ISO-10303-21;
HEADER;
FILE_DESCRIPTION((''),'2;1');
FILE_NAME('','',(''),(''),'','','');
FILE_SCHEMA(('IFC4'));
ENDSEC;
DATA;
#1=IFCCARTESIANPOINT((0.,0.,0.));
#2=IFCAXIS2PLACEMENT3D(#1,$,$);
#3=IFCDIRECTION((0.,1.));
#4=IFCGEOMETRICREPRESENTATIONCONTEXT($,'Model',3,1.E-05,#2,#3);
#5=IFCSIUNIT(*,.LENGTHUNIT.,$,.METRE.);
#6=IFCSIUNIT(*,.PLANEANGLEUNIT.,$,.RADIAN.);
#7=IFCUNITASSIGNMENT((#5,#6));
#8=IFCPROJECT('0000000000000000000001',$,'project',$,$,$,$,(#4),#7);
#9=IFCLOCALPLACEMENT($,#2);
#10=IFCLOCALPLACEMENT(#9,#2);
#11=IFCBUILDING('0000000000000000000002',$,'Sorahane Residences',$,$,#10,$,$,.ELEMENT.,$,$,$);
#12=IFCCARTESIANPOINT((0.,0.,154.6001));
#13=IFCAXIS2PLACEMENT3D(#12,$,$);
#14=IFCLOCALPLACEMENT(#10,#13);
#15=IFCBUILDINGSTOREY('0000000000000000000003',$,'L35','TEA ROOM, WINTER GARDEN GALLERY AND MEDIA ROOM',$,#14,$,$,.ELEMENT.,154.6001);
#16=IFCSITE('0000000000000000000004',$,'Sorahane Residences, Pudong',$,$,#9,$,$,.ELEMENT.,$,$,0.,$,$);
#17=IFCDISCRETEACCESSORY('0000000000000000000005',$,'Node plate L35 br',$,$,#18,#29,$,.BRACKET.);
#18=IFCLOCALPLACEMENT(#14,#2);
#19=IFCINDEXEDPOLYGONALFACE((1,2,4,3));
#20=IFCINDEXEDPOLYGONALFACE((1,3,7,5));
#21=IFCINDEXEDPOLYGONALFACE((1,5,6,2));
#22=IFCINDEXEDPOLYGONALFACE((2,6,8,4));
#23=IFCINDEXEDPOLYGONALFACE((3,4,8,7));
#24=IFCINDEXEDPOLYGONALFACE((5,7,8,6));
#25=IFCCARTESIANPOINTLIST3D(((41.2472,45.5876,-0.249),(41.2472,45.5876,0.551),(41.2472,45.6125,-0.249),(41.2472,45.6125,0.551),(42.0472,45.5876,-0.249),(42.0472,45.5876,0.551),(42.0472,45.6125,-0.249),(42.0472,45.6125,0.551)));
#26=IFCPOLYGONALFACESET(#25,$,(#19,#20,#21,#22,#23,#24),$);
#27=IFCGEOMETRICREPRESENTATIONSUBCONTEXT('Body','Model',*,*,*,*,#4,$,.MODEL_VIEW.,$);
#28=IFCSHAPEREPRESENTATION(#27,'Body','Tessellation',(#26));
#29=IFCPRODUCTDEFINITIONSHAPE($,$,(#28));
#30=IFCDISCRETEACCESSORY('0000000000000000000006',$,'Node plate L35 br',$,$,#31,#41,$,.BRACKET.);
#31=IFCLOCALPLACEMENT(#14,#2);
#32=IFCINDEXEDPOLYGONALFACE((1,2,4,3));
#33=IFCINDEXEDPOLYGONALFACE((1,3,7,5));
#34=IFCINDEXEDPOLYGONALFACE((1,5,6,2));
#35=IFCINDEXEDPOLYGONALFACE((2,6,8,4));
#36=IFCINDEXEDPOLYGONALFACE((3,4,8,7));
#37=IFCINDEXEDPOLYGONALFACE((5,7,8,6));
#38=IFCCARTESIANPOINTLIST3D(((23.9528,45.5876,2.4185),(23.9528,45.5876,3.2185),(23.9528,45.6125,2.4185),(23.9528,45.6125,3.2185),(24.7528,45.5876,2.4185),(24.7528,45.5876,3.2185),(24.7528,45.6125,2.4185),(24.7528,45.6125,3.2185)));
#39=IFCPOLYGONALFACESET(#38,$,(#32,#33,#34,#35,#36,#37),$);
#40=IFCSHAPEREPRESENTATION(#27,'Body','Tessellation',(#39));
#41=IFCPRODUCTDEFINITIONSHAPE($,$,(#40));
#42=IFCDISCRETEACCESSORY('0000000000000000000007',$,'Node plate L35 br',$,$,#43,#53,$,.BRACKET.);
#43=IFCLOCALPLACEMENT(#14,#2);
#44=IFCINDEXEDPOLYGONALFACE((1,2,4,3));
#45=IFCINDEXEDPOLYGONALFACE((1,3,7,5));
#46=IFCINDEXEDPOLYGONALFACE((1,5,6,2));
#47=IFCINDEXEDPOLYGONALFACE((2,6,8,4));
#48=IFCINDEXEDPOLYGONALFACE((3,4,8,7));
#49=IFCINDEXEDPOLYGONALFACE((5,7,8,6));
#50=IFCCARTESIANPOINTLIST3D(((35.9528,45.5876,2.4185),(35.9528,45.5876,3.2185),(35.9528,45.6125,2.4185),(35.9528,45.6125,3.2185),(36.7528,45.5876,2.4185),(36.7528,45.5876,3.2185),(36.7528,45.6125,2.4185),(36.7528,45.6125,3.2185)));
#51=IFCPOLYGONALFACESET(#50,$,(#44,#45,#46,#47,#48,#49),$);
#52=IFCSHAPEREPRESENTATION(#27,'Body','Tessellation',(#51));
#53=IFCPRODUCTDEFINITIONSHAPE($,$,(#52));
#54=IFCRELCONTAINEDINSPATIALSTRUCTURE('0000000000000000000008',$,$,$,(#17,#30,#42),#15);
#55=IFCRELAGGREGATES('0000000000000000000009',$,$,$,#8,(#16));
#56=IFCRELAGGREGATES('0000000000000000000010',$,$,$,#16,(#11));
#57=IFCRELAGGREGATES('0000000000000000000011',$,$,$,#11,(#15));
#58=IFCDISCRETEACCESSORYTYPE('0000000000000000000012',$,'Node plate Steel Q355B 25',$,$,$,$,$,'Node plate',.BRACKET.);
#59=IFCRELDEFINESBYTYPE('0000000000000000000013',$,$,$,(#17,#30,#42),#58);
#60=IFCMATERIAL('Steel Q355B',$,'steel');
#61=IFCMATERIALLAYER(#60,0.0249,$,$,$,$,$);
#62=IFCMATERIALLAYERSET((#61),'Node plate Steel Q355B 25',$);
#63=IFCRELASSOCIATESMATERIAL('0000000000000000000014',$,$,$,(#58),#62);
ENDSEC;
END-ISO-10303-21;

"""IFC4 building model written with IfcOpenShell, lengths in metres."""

from ifc_helpers import new_model, si_unit, direction, frame, origin, origin_2d, place, context, subcontext, project, spatial, rectangle, extrude, material, layer, layer_set, type_object, element, save


model = new_model("IFC4")

# Units and contexts
model_context = context("Model", 3, precision=1e-05, world=origin(), true_north=direction((0.0, 1.0)))
body_context = subcontext(model_context, "Body", "Model", "MODEL_VIEW")
ifc_project = project(units=[si_unit("LENGTHUNIT", "METRE"), si_unit("PLANEANGLEUNIT", "RADIAN")], contexts=[model_context])

# Site, building, storey
site_placement = place(None, origin())
site = spatial("IfcSite", under=ifc_project, at=site_placement, Name="Sorahane Residences, Pudong", CompositionType="ELEMENT", RefElevation=0.0)
building_placement = place(site_placement, origin())
building = spatial("IfcBuilding", under=site, at=building_placement, Name="Sorahane Residences", CompositionType="ELEMENT")
storey_placement = place(building_placement, frame((0.0, 0.0, 154.6001)))
storey = spatial("IfcBuildingStorey", under=building, at=storey_placement, Name="L35", Description="TEA ROOM, WINTER GARDEN GALLERY AND MEDIA ROOM", CompositionType="ELEMENT", Elevation=154.6001)

# Discrete accessories
ifc_material_1 = material(Name="Steel Q355B", Category="steel")
ifc_layer_1 = layer(ifc_material_1, 0.0249)
ifc_layer_set_1 = layer_set([ifc_layer_1], Name="Node plate Steel Q355B 25")
discrete_accessory_type = type_object("IfcDiscreteAccessoryType", Name="Node plate Steel Q355B 25", ElementType="Node plate", PredefinedType="BRACKET", material=ifc_layer_set_1)
for number, where, z_axis, x_axis, name in (
    (1, (41.6472, 45.6001, -0.249), (0.0, 0.0, 1.0), (1.0, 0.0, 0.0), "Node plate L35 br"),
    (2, (24.3528, 45.6001, 2.4185), (0.0, 0.0, 1.0), (1.0, 0.0, 0.0), "Node plate L35 br"),
    (3, (36.3528, 45.6001, 2.4185), (0.0, 0.0, 1.0), (1.0, 0.0, 0.0), "Node plate L35 br"),
):
    element("IfcDiscreteAccessory", number, at=place(storey_placement, frame(where, z_axis=z_axis, x_axis=x_axis)), inside=storey, type_object=discrete_accessory_type, Name=name, PredefinedType="BRACKET", context=body_context, shape_type="SweptSolid", body=[
        extrude(rectangle(XDim=0.8, YDim=0.0249, at=origin_2d()), origin(), (0.0, 0.0, 1.0), 0.8),
    ])

save(model, "model.ifc")
